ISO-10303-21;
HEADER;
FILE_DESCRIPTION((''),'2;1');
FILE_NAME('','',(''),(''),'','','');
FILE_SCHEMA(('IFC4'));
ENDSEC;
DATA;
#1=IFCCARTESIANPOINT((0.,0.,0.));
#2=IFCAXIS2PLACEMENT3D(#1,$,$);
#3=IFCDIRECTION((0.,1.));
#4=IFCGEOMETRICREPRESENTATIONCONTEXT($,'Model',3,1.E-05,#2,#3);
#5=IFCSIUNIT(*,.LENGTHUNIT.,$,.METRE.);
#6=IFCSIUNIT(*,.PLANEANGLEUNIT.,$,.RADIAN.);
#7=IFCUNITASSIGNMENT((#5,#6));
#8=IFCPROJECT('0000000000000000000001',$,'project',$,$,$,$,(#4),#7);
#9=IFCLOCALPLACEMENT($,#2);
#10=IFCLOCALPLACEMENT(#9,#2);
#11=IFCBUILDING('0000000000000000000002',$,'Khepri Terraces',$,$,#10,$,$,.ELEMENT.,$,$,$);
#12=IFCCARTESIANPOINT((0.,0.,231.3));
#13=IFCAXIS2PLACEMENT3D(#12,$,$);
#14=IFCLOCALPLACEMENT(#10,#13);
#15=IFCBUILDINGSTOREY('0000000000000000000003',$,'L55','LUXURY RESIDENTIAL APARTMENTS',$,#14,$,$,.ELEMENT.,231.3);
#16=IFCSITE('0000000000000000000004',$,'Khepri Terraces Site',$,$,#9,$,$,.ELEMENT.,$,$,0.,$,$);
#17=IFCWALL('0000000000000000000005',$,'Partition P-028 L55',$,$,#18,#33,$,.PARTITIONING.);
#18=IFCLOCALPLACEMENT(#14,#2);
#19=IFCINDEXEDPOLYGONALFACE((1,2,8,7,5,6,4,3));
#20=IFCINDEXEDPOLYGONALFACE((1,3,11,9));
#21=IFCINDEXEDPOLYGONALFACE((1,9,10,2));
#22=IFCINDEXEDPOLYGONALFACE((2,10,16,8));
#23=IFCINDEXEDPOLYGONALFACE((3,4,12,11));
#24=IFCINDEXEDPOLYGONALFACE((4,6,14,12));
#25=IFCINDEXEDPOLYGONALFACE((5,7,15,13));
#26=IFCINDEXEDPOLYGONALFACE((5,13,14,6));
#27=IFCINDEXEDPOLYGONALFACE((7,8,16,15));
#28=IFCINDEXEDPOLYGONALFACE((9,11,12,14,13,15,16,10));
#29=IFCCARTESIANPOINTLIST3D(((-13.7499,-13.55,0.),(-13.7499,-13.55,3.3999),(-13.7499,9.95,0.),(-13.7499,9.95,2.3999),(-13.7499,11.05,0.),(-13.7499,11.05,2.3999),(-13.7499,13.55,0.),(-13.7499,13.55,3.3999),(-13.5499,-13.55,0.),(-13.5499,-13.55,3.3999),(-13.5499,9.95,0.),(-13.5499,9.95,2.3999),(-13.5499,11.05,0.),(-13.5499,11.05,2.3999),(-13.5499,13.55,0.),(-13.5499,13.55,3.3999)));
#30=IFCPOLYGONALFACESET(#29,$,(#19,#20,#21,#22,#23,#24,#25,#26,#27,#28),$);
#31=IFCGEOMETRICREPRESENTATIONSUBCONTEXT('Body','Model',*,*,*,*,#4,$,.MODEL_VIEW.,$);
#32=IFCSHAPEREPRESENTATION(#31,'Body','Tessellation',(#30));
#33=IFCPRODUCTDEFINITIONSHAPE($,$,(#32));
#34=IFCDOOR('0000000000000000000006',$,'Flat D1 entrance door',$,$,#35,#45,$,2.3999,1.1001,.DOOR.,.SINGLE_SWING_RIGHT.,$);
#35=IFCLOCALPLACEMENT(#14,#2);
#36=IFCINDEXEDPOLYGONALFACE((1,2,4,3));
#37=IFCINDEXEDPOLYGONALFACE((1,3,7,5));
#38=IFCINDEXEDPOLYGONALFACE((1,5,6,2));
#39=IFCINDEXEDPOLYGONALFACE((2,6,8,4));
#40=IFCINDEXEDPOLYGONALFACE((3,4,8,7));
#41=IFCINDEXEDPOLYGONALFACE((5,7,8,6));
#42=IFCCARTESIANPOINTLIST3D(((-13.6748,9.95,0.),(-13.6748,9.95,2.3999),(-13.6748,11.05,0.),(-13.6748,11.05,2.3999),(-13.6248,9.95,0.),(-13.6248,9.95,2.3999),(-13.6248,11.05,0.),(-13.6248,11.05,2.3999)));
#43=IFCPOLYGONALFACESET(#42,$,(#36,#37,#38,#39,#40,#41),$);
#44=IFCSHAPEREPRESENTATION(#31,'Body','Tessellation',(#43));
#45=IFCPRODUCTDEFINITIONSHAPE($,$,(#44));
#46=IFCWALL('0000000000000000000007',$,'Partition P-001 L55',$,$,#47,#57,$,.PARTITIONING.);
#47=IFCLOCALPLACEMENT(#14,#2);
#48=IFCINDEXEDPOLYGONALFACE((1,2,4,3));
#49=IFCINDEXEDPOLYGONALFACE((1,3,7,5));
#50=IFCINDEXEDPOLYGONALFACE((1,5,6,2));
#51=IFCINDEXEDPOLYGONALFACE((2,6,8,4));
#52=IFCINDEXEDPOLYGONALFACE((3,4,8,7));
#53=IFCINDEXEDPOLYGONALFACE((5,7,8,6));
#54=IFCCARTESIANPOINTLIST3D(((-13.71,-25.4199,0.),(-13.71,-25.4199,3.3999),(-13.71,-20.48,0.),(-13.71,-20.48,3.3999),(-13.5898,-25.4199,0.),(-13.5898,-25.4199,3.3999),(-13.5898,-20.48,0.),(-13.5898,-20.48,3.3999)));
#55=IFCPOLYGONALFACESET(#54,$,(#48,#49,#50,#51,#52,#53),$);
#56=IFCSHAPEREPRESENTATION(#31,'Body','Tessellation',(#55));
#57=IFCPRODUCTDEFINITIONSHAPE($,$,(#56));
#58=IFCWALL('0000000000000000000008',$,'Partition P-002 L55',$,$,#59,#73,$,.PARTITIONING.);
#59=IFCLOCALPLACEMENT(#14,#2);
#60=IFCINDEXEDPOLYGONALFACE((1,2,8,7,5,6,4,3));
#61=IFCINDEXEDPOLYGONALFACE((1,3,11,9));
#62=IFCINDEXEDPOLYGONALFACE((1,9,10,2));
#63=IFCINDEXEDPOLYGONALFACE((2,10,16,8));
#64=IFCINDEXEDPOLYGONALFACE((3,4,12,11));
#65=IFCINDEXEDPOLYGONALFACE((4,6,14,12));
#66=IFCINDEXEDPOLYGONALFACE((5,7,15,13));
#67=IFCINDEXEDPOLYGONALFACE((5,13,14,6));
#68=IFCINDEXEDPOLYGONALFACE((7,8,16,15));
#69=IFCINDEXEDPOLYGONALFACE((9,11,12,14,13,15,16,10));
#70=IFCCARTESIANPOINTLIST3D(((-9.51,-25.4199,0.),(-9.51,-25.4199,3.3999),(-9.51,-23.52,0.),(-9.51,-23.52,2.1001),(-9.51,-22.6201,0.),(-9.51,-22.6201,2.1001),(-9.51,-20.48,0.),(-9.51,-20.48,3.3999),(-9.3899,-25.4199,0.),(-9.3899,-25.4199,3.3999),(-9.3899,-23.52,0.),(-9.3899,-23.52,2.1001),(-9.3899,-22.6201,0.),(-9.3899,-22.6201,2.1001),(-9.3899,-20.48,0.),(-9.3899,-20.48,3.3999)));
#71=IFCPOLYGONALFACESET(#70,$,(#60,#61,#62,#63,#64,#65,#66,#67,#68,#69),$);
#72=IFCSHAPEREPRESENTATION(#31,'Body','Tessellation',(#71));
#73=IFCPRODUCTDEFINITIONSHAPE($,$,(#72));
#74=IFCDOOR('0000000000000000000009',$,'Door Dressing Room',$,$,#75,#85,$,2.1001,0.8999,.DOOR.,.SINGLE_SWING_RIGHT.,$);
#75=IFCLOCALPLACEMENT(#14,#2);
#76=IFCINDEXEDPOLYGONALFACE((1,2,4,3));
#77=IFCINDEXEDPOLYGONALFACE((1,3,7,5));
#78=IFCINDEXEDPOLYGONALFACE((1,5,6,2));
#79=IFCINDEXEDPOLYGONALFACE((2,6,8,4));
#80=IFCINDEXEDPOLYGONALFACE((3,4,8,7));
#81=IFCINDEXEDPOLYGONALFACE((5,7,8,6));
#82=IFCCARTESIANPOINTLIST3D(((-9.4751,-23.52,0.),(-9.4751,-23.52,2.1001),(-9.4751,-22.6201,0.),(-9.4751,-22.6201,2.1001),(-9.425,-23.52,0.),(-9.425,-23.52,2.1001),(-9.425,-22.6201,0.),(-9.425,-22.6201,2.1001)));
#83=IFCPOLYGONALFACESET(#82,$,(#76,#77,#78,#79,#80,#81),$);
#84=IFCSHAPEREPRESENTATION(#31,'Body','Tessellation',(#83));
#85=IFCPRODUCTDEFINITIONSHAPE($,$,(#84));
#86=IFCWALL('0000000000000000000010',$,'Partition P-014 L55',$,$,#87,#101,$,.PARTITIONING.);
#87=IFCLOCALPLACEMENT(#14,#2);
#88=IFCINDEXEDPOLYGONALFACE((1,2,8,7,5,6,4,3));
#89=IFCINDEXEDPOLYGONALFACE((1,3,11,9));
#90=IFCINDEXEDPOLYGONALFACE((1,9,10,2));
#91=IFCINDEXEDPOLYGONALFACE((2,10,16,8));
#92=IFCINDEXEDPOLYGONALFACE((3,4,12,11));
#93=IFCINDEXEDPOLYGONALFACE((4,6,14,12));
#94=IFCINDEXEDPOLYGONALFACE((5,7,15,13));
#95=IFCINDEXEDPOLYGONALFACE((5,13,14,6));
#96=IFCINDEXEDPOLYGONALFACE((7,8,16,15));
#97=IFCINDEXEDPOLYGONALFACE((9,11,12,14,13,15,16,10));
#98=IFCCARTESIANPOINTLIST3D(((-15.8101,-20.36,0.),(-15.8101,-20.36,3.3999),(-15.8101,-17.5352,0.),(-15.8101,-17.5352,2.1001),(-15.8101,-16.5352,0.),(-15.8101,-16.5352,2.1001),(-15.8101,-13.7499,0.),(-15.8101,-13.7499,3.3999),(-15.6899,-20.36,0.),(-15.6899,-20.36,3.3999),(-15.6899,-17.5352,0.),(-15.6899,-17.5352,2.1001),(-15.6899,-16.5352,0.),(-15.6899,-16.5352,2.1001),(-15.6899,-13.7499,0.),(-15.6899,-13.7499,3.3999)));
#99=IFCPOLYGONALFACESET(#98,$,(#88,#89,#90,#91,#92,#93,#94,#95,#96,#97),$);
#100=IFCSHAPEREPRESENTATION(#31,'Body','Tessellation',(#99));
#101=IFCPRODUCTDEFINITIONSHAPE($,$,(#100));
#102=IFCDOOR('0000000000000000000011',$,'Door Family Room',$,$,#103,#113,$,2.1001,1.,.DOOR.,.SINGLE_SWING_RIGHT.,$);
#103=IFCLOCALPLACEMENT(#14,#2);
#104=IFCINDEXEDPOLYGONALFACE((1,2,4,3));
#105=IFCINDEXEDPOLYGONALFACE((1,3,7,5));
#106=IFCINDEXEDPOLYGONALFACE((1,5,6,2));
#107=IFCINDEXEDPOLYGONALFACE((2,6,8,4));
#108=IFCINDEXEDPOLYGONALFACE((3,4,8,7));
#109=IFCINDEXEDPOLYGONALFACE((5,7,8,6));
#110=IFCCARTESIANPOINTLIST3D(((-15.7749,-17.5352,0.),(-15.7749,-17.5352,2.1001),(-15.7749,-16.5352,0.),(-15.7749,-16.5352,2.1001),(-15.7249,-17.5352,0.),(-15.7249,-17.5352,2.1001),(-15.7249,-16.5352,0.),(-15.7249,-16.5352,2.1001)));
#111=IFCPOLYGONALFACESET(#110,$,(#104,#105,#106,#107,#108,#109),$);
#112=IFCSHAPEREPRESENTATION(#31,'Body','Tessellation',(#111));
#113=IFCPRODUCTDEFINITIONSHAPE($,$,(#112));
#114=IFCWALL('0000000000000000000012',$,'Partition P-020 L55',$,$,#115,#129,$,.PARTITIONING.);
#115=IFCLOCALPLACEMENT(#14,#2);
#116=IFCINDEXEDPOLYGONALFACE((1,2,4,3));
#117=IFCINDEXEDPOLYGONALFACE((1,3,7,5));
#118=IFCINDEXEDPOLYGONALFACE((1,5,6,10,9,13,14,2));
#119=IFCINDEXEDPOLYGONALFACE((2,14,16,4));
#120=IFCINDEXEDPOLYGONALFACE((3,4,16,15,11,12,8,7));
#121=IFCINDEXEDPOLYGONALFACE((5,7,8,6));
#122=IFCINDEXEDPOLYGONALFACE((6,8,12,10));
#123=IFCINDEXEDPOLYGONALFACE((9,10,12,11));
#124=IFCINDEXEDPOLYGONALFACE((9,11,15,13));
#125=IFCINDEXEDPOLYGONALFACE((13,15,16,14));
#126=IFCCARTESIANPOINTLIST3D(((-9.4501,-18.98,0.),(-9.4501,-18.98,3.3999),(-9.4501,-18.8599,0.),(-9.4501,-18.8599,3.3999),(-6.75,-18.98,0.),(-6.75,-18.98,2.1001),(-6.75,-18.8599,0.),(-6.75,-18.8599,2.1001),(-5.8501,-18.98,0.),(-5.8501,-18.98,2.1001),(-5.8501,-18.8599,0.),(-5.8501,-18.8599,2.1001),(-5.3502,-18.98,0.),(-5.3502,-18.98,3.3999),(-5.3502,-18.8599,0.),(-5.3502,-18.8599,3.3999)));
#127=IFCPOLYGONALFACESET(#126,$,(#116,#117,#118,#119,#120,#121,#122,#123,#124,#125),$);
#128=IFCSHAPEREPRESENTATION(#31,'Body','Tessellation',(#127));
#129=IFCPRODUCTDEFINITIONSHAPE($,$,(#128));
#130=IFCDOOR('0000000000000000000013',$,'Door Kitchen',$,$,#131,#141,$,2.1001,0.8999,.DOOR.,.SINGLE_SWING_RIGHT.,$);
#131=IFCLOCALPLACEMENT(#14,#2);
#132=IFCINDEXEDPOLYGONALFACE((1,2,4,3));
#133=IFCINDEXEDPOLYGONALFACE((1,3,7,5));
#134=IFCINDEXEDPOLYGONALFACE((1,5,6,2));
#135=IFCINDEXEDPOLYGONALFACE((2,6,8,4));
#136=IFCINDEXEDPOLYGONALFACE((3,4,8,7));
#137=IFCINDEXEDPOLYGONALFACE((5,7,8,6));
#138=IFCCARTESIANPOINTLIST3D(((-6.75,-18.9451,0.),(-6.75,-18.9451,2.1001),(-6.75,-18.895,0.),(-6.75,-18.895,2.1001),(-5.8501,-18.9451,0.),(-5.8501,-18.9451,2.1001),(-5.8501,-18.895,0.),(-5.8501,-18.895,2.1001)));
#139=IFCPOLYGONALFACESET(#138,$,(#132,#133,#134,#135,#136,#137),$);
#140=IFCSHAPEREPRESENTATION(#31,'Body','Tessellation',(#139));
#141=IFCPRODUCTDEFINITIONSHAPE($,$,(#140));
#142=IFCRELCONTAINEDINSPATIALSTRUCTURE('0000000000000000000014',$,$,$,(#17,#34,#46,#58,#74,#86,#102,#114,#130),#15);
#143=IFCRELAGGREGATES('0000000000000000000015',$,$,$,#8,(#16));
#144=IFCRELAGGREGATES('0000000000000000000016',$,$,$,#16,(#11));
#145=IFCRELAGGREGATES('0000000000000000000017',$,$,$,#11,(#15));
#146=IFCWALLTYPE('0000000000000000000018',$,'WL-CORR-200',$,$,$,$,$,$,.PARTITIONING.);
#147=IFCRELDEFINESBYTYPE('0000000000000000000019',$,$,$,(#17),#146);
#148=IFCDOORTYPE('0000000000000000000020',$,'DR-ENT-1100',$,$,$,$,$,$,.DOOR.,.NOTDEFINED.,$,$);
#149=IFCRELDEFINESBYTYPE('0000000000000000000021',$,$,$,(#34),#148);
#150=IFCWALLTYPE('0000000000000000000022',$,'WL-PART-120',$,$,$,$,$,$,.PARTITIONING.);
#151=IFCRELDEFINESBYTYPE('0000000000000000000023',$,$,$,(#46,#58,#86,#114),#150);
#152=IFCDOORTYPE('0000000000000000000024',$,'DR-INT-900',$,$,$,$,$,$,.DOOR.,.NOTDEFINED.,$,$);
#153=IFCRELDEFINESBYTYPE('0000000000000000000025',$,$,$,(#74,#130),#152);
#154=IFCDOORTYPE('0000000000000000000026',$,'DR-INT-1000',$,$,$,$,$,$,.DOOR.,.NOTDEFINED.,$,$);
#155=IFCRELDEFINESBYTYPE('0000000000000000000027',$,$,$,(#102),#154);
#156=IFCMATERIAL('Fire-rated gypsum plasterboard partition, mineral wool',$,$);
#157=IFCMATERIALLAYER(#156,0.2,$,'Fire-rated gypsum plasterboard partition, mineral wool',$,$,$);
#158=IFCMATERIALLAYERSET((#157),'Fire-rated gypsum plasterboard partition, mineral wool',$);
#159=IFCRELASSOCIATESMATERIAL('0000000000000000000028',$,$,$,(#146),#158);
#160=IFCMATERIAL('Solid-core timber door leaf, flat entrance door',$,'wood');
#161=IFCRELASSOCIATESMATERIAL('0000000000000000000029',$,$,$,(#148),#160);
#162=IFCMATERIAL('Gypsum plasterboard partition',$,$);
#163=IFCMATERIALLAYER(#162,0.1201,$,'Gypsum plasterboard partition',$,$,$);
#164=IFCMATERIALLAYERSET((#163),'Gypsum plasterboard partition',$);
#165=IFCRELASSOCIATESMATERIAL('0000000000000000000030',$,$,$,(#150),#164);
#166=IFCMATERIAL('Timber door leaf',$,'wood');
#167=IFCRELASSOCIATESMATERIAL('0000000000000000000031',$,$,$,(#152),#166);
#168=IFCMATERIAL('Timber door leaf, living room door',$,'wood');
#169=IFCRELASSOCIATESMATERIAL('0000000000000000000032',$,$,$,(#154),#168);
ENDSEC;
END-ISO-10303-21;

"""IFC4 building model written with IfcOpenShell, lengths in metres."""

from ifc_helpers import new_model, si_unit, direction, frame, frame_2d, origin, place, context, subcontext, project, spatial, rectangle, extrude, material, layer, layer_set, type_object, element, fill, save


model = new_model("IFC4")

# Units and contexts
model_context = context("Model", 3, precision=1e-05, world=origin(), true_north=direction((0.0, 1.0)))
body_context = subcontext(model_context, "Body", "Model", "MODEL_VIEW")
ifc_project = project(units=[si_unit("LENGTHUNIT", "METRE"), si_unit("PLANEANGLEUNIT", "RADIAN")], contexts=[model_context])

# Site, building, storey
site_placement = place(None, origin())
site = spatial("IfcSite", under=ifc_project, at=site_placement, Name="Khepri Terraces Site", CompositionType="ELEMENT", RefElevation=0.0)
building_placement = place(site_placement, origin())
building = spatial("IfcBuilding", under=site, at=building_placement, Name="Khepri Terraces", CompositionType="ELEMENT")
storey_placement = place(building_placement, frame((0.0, 0.0, 231.3)))
storey = spatial("IfcBuildingStorey", under=building, at=storey_placement, Name="L55", Description="LUXURY RESIDENTIAL APARTMENTS", CompositionType="ELEMENT", Elevation=231.3)

# Wall, opening, door
ifc_material_1 = material(Name="Fire-rated gypsum plasterboard partition, mineral wool")
ifc_layer_1 = layer(ifc_material_1, 0.2, Name="Fire-rated gypsum plasterboard partition, mineral wool")
ifc_layer_set_1 = layer_set([ifc_layer_1], Name="Fire-rated gypsum plasterboard partition, mineral wool")
wall_type_1 = type_object("IfcWallType", Name="WL-CORR-200", PredefinedType="PARTITIONING", material=ifc_layer_set_1)
wall_1_placement = place(storey_placement, frame((-13.6499, -13.55, 0.0), z_axis=(0.0, 0.0, 1.0), x_axis=(0.0, 1.0, 0.0)))
wall_1 = element("IfcWall", 1, at=wall_1_placement, inside=storey, type_object=wall_type_1, Name="Partition P-028 L55", PredefinedType="PARTITIONING", context=body_context, shape_type="SweptSolid", body=[
    extrude(rectangle(XDim=27.1001, YDim=0.2, at=frame_2d((13.55, 0.0))), origin(), (0.0, 0.0, 1.0), 3.3999),
])
opening_1_placement = place(wall_1_placement, frame((23.5, 0.0, 0.0)))
opening_1 = element("IfcOpeningElement", 2, at=opening_1_placement, cuts=wall_1, PredefinedType="OPENING", context=body_context, shape_type="SweptSolid", body=[
    extrude(rectangle(XDim=1.1001, YDim=2.3999, at=frame_2d((0.55, 1.2))), frame((0.0, 0.1099, 0.0), z_axis=(0.0, -1.0, 0.0), x_axis=(1.0, 0.0, 0.0)), (0.0, 0.0, 1.0), 0.22),
])
ifc_material_2 = material(Name="Solid-core timber door leaf, flat entrance door", Category="wood")
door_type_1 = type_object("IfcDoorType", Name="DR-ENT-1100", OperationType="NOTDEFINED", PredefinedType="DOOR", material=ifc_material_2)
door_1_placement = place(opening_1_placement, origin())
door_1 = element("IfcDoor", 3, at=door_1_placement, inside=storey, type_object=door_type_1, Name="Flat D1 entrance door", OperationType="SINGLE_SWING_RIGHT", OverallHeight=2.3999, OverallWidth=1.1001, PredefinedType="DOOR", context=body_context, shape_type="SweptSolid", body=[
    extrude(rectangle(XDim=1.1001, YDim=2.3999, at=frame_2d((0.55, 1.2))), frame((0.0, 0.0249, 0.0), z_axis=(0.0, -1.0, 0.0), x_axis=(1.0, 0.0, 0.0)), (0.0, 0.0, 1.0), 0.05),
])
fill(opening_1, door_1)

# Wall
ifc_material_3 = material(Name="Gypsum plasterboard partition")
ifc_layer_2 = layer(ifc_material_3, 0.1201, Name="Gypsum plasterboard partition")
ifc_layer_set_2 = layer_set([ifc_layer_2], Name="Gypsum plasterboard partition")
wall_type_2 = type_object("IfcWallType", Name="WL-PART-120", PredefinedType="PARTITIONING", material=ifc_layer_set_2)
wall_2_placement = place(storey_placement, frame((-13.6499, -25.4199, 0.0), z_axis=(0.0, 0.0, 1.0), x_axis=(0.0, 1.0, 0.0)))
element("IfcWall", 4, at=wall_2_placement, inside=storey, type_object=wall_type_2, Name="Partition P-001 L55", PredefinedType="PARTITIONING", context=body_context, shape_type="SweptSolid", body=[
    extrude(rectangle(XDim=4.9399, YDim=0.1201, at=frame_2d((2.47, 0.0))), origin(), (0.0, 0.0, 1.0), 3.3999),
])

# Walls, openings, doors
wall_3_placement = place(storey_placement, frame((-9.45, -25.4199, 0.0), z_axis=(0.0, 0.0, 1.0), x_axis=(0.0, 1.0, 0.0)))
wall_3 = element("IfcWall", 5, at=wall_3_placement, inside=storey, type_object=wall_type_2, Name="Partition P-002 L55", PredefinedType="PARTITIONING", context=body_context, shape_type="SweptSolid", body=[
    extrude(rectangle(XDim=4.9399, YDim=0.1201, at=frame_2d((2.47, 0.0))), origin(), (0.0, 0.0, 1.0), 3.3999),
])
opening_2_placement = place(wall_3_placement, frame((1.8999, 0.0, 0.0)))
opening_2 = element("IfcOpeningElement", 6, at=opening_2_placement, cuts=wall_3, PredefinedType="OPENING", context=body_context, shape_type="SweptSolid", body=[
    extrude(rectangle(XDim=0.8999, YDim=2.1001, at=frame_2d((0.45, 1.05))), frame((0.0, 0.0701, 0.0), z_axis=(0.0, -1.0, 0.0), x_axis=(1.0, 0.0, 0.0)), (0.0, 0.0, 1.0), 0.1401),
])
ifc_material_4 = material(Name="Timber door leaf", Category="wood")
door_type_2 = type_object("IfcDoorType", Name="DR-INT-900", OperationType="NOTDEFINED", PredefinedType="DOOR", material=ifc_material_4)
door_2_placement = place(opening_2_placement, frame((0.8999, 0.0, 0.0), z_axis=(0.0, 0.0, 1.0), x_axis=(-1.0, 0.0, 0.0)))
door_2 = element("IfcDoor", 7, at=door_2_placement, inside=storey, type_object=door_type_2, Name="Door Dressing Room", OperationType="SINGLE_SWING_RIGHT", OverallHeight=2.1001, OverallWidth=0.8999, PredefinedType="DOOR", context=body_context, shape_type="SweptSolid", body=[
    extrude(rectangle(XDim=0.8999, YDim=2.1001, at=frame_2d((0.45, 1.05))), frame((0.0, 0.0249, 0.0), z_axis=(0.0, -1.0, 0.0), x_axis=(1.0, 0.0, 0.0)), (0.0, 0.0, 1.0), 0.05),
])
fill(opening_2, door_2)
wall_4_placement = place(storey_placement, frame((-15.75, -20.3601, 0.0), z_axis=(0.0, 0.0, 1.0), x_axis=(0.0, 1.0, 0.0)))
wall_4 = element("IfcWall", 8, at=wall_4_placement, inside=storey, type_object=wall_type_2, Name="Partition P-014 L55", PredefinedType="PARTITIONING", context=body_context, shape_type="SweptSolid", body=[
    extrude(rectangle(XDim=6.6101, YDim=0.1201, at=frame_2d((3.3052, 0.0))), origin(), (0.0, 0.0, 1.0), 3.3999),
])
opening_3_placement = place(wall_4_placement, frame((2.825, 0.0, 0.0)))
opening_3 = element("IfcOpeningElement", 9, at=opening_3_placement, cuts=wall_4, PredefinedType="OPENING", context=body_context, shape_type="SweptSolid", body=[
    extrude(rectangle(XDim=1.0, YDim=2.1001, at=frame_2d((0.5, 1.05))), frame((0.0, 0.0701, 0.0), z_axis=(0.0, -1.0, 0.0), x_axis=(1.0, 0.0, 0.0)), (0.0, 0.0, 1.0), 0.1401),
])
ifc_material_5 = material(Name="Timber door leaf, living room door", Category="wood")
door_type_3 = type_object("IfcDoorType", Name="DR-INT-1000", OperationType="NOTDEFINED", PredefinedType="DOOR", material=ifc_material_5)
door_3_placement = place(opening_3_placement, origin())
door_3 = element("IfcDoor", 10, at=door_3_placement, inside=storey, type_object=door_type_3, Name="Door Family Room", OperationType="SINGLE_SWING_RIGHT", OverallHeight=2.1001, OverallWidth=1.0, PredefinedType="DOOR", context=body_context, shape_type="SweptSolid", body=[
    extrude(rectangle(XDim=1.0, YDim=2.1001, at=frame_2d((0.5, 1.05))), frame((0.0, 0.0249, 0.0), z_axis=(0.0, -1.0, 0.0), x_axis=(1.0, 0.0, 0.0)), (0.0, 0.0, 1.0), 0.05),
])
fill(opening_3, door_3)
wall_5_placement = place(storey_placement, frame((-9.45, -18.9199, 0.0), z_axis=(0.0, 0.0, 1.0), x_axis=(1.0, 0.0, 0.0)))
wall_5 = element("IfcWall", 11, at=wall_5_placement, inside=storey, type_object=wall_type_2, Name="Partition P-020 L55", PredefinedType="PARTITIONING", context=body_context, shape_type="SweptSolid", body=[
    extrude(rectangle(XDim=4.0999, YDim=0.1201, at=frame_2d((2.0498, 0.0))), origin(), (0.0, 0.0, 1.0), 3.3999),
])
opening_4_placement = place(wall_5_placement, frame((2.7, 0.0, 0.0)))
opening_4 = element("IfcOpeningElement", 12, at=opening_4_placement, cuts=wall_5, PredefinedType="OPENING", context=body_context, shape_type="SweptSolid", body=[
    extrude(rectangle(XDim=0.8999, YDim=2.1001, at=frame_2d((0.45, 1.05))), frame((0.0, 0.0701, 0.0), z_axis=(0.0, -1.0, 0.0), x_axis=(1.0, 0.0, 0.0)), (0.0, 0.0, 1.0), 0.1401),
])
door_4_placement = place(opening_4_placement, origin())
door_4 = element("IfcDoor", 13, at=door_4_placement, inside=storey, type_object=door_type_2, Name="Door Kitchen", OperationType="SINGLE_SWING_RIGHT", OverallHeight=2.1001, OverallWidth=0.8999, PredefinedType="DOOR", context=body_context, shape_type="SweptSolid", body=[
    extrude(rectangle(XDim=0.8999, YDim=2.1001, at=frame_2d((0.45, 1.05))), frame((0.0, 0.0249, 0.0), z_axis=(0.0, -1.0, 0.0), x_axis=(1.0, 0.0, 0.0)), (0.0, 0.0, 1.0), 0.05),
])
fill(opening_4, door_4)

save(model, "model.ifc")
